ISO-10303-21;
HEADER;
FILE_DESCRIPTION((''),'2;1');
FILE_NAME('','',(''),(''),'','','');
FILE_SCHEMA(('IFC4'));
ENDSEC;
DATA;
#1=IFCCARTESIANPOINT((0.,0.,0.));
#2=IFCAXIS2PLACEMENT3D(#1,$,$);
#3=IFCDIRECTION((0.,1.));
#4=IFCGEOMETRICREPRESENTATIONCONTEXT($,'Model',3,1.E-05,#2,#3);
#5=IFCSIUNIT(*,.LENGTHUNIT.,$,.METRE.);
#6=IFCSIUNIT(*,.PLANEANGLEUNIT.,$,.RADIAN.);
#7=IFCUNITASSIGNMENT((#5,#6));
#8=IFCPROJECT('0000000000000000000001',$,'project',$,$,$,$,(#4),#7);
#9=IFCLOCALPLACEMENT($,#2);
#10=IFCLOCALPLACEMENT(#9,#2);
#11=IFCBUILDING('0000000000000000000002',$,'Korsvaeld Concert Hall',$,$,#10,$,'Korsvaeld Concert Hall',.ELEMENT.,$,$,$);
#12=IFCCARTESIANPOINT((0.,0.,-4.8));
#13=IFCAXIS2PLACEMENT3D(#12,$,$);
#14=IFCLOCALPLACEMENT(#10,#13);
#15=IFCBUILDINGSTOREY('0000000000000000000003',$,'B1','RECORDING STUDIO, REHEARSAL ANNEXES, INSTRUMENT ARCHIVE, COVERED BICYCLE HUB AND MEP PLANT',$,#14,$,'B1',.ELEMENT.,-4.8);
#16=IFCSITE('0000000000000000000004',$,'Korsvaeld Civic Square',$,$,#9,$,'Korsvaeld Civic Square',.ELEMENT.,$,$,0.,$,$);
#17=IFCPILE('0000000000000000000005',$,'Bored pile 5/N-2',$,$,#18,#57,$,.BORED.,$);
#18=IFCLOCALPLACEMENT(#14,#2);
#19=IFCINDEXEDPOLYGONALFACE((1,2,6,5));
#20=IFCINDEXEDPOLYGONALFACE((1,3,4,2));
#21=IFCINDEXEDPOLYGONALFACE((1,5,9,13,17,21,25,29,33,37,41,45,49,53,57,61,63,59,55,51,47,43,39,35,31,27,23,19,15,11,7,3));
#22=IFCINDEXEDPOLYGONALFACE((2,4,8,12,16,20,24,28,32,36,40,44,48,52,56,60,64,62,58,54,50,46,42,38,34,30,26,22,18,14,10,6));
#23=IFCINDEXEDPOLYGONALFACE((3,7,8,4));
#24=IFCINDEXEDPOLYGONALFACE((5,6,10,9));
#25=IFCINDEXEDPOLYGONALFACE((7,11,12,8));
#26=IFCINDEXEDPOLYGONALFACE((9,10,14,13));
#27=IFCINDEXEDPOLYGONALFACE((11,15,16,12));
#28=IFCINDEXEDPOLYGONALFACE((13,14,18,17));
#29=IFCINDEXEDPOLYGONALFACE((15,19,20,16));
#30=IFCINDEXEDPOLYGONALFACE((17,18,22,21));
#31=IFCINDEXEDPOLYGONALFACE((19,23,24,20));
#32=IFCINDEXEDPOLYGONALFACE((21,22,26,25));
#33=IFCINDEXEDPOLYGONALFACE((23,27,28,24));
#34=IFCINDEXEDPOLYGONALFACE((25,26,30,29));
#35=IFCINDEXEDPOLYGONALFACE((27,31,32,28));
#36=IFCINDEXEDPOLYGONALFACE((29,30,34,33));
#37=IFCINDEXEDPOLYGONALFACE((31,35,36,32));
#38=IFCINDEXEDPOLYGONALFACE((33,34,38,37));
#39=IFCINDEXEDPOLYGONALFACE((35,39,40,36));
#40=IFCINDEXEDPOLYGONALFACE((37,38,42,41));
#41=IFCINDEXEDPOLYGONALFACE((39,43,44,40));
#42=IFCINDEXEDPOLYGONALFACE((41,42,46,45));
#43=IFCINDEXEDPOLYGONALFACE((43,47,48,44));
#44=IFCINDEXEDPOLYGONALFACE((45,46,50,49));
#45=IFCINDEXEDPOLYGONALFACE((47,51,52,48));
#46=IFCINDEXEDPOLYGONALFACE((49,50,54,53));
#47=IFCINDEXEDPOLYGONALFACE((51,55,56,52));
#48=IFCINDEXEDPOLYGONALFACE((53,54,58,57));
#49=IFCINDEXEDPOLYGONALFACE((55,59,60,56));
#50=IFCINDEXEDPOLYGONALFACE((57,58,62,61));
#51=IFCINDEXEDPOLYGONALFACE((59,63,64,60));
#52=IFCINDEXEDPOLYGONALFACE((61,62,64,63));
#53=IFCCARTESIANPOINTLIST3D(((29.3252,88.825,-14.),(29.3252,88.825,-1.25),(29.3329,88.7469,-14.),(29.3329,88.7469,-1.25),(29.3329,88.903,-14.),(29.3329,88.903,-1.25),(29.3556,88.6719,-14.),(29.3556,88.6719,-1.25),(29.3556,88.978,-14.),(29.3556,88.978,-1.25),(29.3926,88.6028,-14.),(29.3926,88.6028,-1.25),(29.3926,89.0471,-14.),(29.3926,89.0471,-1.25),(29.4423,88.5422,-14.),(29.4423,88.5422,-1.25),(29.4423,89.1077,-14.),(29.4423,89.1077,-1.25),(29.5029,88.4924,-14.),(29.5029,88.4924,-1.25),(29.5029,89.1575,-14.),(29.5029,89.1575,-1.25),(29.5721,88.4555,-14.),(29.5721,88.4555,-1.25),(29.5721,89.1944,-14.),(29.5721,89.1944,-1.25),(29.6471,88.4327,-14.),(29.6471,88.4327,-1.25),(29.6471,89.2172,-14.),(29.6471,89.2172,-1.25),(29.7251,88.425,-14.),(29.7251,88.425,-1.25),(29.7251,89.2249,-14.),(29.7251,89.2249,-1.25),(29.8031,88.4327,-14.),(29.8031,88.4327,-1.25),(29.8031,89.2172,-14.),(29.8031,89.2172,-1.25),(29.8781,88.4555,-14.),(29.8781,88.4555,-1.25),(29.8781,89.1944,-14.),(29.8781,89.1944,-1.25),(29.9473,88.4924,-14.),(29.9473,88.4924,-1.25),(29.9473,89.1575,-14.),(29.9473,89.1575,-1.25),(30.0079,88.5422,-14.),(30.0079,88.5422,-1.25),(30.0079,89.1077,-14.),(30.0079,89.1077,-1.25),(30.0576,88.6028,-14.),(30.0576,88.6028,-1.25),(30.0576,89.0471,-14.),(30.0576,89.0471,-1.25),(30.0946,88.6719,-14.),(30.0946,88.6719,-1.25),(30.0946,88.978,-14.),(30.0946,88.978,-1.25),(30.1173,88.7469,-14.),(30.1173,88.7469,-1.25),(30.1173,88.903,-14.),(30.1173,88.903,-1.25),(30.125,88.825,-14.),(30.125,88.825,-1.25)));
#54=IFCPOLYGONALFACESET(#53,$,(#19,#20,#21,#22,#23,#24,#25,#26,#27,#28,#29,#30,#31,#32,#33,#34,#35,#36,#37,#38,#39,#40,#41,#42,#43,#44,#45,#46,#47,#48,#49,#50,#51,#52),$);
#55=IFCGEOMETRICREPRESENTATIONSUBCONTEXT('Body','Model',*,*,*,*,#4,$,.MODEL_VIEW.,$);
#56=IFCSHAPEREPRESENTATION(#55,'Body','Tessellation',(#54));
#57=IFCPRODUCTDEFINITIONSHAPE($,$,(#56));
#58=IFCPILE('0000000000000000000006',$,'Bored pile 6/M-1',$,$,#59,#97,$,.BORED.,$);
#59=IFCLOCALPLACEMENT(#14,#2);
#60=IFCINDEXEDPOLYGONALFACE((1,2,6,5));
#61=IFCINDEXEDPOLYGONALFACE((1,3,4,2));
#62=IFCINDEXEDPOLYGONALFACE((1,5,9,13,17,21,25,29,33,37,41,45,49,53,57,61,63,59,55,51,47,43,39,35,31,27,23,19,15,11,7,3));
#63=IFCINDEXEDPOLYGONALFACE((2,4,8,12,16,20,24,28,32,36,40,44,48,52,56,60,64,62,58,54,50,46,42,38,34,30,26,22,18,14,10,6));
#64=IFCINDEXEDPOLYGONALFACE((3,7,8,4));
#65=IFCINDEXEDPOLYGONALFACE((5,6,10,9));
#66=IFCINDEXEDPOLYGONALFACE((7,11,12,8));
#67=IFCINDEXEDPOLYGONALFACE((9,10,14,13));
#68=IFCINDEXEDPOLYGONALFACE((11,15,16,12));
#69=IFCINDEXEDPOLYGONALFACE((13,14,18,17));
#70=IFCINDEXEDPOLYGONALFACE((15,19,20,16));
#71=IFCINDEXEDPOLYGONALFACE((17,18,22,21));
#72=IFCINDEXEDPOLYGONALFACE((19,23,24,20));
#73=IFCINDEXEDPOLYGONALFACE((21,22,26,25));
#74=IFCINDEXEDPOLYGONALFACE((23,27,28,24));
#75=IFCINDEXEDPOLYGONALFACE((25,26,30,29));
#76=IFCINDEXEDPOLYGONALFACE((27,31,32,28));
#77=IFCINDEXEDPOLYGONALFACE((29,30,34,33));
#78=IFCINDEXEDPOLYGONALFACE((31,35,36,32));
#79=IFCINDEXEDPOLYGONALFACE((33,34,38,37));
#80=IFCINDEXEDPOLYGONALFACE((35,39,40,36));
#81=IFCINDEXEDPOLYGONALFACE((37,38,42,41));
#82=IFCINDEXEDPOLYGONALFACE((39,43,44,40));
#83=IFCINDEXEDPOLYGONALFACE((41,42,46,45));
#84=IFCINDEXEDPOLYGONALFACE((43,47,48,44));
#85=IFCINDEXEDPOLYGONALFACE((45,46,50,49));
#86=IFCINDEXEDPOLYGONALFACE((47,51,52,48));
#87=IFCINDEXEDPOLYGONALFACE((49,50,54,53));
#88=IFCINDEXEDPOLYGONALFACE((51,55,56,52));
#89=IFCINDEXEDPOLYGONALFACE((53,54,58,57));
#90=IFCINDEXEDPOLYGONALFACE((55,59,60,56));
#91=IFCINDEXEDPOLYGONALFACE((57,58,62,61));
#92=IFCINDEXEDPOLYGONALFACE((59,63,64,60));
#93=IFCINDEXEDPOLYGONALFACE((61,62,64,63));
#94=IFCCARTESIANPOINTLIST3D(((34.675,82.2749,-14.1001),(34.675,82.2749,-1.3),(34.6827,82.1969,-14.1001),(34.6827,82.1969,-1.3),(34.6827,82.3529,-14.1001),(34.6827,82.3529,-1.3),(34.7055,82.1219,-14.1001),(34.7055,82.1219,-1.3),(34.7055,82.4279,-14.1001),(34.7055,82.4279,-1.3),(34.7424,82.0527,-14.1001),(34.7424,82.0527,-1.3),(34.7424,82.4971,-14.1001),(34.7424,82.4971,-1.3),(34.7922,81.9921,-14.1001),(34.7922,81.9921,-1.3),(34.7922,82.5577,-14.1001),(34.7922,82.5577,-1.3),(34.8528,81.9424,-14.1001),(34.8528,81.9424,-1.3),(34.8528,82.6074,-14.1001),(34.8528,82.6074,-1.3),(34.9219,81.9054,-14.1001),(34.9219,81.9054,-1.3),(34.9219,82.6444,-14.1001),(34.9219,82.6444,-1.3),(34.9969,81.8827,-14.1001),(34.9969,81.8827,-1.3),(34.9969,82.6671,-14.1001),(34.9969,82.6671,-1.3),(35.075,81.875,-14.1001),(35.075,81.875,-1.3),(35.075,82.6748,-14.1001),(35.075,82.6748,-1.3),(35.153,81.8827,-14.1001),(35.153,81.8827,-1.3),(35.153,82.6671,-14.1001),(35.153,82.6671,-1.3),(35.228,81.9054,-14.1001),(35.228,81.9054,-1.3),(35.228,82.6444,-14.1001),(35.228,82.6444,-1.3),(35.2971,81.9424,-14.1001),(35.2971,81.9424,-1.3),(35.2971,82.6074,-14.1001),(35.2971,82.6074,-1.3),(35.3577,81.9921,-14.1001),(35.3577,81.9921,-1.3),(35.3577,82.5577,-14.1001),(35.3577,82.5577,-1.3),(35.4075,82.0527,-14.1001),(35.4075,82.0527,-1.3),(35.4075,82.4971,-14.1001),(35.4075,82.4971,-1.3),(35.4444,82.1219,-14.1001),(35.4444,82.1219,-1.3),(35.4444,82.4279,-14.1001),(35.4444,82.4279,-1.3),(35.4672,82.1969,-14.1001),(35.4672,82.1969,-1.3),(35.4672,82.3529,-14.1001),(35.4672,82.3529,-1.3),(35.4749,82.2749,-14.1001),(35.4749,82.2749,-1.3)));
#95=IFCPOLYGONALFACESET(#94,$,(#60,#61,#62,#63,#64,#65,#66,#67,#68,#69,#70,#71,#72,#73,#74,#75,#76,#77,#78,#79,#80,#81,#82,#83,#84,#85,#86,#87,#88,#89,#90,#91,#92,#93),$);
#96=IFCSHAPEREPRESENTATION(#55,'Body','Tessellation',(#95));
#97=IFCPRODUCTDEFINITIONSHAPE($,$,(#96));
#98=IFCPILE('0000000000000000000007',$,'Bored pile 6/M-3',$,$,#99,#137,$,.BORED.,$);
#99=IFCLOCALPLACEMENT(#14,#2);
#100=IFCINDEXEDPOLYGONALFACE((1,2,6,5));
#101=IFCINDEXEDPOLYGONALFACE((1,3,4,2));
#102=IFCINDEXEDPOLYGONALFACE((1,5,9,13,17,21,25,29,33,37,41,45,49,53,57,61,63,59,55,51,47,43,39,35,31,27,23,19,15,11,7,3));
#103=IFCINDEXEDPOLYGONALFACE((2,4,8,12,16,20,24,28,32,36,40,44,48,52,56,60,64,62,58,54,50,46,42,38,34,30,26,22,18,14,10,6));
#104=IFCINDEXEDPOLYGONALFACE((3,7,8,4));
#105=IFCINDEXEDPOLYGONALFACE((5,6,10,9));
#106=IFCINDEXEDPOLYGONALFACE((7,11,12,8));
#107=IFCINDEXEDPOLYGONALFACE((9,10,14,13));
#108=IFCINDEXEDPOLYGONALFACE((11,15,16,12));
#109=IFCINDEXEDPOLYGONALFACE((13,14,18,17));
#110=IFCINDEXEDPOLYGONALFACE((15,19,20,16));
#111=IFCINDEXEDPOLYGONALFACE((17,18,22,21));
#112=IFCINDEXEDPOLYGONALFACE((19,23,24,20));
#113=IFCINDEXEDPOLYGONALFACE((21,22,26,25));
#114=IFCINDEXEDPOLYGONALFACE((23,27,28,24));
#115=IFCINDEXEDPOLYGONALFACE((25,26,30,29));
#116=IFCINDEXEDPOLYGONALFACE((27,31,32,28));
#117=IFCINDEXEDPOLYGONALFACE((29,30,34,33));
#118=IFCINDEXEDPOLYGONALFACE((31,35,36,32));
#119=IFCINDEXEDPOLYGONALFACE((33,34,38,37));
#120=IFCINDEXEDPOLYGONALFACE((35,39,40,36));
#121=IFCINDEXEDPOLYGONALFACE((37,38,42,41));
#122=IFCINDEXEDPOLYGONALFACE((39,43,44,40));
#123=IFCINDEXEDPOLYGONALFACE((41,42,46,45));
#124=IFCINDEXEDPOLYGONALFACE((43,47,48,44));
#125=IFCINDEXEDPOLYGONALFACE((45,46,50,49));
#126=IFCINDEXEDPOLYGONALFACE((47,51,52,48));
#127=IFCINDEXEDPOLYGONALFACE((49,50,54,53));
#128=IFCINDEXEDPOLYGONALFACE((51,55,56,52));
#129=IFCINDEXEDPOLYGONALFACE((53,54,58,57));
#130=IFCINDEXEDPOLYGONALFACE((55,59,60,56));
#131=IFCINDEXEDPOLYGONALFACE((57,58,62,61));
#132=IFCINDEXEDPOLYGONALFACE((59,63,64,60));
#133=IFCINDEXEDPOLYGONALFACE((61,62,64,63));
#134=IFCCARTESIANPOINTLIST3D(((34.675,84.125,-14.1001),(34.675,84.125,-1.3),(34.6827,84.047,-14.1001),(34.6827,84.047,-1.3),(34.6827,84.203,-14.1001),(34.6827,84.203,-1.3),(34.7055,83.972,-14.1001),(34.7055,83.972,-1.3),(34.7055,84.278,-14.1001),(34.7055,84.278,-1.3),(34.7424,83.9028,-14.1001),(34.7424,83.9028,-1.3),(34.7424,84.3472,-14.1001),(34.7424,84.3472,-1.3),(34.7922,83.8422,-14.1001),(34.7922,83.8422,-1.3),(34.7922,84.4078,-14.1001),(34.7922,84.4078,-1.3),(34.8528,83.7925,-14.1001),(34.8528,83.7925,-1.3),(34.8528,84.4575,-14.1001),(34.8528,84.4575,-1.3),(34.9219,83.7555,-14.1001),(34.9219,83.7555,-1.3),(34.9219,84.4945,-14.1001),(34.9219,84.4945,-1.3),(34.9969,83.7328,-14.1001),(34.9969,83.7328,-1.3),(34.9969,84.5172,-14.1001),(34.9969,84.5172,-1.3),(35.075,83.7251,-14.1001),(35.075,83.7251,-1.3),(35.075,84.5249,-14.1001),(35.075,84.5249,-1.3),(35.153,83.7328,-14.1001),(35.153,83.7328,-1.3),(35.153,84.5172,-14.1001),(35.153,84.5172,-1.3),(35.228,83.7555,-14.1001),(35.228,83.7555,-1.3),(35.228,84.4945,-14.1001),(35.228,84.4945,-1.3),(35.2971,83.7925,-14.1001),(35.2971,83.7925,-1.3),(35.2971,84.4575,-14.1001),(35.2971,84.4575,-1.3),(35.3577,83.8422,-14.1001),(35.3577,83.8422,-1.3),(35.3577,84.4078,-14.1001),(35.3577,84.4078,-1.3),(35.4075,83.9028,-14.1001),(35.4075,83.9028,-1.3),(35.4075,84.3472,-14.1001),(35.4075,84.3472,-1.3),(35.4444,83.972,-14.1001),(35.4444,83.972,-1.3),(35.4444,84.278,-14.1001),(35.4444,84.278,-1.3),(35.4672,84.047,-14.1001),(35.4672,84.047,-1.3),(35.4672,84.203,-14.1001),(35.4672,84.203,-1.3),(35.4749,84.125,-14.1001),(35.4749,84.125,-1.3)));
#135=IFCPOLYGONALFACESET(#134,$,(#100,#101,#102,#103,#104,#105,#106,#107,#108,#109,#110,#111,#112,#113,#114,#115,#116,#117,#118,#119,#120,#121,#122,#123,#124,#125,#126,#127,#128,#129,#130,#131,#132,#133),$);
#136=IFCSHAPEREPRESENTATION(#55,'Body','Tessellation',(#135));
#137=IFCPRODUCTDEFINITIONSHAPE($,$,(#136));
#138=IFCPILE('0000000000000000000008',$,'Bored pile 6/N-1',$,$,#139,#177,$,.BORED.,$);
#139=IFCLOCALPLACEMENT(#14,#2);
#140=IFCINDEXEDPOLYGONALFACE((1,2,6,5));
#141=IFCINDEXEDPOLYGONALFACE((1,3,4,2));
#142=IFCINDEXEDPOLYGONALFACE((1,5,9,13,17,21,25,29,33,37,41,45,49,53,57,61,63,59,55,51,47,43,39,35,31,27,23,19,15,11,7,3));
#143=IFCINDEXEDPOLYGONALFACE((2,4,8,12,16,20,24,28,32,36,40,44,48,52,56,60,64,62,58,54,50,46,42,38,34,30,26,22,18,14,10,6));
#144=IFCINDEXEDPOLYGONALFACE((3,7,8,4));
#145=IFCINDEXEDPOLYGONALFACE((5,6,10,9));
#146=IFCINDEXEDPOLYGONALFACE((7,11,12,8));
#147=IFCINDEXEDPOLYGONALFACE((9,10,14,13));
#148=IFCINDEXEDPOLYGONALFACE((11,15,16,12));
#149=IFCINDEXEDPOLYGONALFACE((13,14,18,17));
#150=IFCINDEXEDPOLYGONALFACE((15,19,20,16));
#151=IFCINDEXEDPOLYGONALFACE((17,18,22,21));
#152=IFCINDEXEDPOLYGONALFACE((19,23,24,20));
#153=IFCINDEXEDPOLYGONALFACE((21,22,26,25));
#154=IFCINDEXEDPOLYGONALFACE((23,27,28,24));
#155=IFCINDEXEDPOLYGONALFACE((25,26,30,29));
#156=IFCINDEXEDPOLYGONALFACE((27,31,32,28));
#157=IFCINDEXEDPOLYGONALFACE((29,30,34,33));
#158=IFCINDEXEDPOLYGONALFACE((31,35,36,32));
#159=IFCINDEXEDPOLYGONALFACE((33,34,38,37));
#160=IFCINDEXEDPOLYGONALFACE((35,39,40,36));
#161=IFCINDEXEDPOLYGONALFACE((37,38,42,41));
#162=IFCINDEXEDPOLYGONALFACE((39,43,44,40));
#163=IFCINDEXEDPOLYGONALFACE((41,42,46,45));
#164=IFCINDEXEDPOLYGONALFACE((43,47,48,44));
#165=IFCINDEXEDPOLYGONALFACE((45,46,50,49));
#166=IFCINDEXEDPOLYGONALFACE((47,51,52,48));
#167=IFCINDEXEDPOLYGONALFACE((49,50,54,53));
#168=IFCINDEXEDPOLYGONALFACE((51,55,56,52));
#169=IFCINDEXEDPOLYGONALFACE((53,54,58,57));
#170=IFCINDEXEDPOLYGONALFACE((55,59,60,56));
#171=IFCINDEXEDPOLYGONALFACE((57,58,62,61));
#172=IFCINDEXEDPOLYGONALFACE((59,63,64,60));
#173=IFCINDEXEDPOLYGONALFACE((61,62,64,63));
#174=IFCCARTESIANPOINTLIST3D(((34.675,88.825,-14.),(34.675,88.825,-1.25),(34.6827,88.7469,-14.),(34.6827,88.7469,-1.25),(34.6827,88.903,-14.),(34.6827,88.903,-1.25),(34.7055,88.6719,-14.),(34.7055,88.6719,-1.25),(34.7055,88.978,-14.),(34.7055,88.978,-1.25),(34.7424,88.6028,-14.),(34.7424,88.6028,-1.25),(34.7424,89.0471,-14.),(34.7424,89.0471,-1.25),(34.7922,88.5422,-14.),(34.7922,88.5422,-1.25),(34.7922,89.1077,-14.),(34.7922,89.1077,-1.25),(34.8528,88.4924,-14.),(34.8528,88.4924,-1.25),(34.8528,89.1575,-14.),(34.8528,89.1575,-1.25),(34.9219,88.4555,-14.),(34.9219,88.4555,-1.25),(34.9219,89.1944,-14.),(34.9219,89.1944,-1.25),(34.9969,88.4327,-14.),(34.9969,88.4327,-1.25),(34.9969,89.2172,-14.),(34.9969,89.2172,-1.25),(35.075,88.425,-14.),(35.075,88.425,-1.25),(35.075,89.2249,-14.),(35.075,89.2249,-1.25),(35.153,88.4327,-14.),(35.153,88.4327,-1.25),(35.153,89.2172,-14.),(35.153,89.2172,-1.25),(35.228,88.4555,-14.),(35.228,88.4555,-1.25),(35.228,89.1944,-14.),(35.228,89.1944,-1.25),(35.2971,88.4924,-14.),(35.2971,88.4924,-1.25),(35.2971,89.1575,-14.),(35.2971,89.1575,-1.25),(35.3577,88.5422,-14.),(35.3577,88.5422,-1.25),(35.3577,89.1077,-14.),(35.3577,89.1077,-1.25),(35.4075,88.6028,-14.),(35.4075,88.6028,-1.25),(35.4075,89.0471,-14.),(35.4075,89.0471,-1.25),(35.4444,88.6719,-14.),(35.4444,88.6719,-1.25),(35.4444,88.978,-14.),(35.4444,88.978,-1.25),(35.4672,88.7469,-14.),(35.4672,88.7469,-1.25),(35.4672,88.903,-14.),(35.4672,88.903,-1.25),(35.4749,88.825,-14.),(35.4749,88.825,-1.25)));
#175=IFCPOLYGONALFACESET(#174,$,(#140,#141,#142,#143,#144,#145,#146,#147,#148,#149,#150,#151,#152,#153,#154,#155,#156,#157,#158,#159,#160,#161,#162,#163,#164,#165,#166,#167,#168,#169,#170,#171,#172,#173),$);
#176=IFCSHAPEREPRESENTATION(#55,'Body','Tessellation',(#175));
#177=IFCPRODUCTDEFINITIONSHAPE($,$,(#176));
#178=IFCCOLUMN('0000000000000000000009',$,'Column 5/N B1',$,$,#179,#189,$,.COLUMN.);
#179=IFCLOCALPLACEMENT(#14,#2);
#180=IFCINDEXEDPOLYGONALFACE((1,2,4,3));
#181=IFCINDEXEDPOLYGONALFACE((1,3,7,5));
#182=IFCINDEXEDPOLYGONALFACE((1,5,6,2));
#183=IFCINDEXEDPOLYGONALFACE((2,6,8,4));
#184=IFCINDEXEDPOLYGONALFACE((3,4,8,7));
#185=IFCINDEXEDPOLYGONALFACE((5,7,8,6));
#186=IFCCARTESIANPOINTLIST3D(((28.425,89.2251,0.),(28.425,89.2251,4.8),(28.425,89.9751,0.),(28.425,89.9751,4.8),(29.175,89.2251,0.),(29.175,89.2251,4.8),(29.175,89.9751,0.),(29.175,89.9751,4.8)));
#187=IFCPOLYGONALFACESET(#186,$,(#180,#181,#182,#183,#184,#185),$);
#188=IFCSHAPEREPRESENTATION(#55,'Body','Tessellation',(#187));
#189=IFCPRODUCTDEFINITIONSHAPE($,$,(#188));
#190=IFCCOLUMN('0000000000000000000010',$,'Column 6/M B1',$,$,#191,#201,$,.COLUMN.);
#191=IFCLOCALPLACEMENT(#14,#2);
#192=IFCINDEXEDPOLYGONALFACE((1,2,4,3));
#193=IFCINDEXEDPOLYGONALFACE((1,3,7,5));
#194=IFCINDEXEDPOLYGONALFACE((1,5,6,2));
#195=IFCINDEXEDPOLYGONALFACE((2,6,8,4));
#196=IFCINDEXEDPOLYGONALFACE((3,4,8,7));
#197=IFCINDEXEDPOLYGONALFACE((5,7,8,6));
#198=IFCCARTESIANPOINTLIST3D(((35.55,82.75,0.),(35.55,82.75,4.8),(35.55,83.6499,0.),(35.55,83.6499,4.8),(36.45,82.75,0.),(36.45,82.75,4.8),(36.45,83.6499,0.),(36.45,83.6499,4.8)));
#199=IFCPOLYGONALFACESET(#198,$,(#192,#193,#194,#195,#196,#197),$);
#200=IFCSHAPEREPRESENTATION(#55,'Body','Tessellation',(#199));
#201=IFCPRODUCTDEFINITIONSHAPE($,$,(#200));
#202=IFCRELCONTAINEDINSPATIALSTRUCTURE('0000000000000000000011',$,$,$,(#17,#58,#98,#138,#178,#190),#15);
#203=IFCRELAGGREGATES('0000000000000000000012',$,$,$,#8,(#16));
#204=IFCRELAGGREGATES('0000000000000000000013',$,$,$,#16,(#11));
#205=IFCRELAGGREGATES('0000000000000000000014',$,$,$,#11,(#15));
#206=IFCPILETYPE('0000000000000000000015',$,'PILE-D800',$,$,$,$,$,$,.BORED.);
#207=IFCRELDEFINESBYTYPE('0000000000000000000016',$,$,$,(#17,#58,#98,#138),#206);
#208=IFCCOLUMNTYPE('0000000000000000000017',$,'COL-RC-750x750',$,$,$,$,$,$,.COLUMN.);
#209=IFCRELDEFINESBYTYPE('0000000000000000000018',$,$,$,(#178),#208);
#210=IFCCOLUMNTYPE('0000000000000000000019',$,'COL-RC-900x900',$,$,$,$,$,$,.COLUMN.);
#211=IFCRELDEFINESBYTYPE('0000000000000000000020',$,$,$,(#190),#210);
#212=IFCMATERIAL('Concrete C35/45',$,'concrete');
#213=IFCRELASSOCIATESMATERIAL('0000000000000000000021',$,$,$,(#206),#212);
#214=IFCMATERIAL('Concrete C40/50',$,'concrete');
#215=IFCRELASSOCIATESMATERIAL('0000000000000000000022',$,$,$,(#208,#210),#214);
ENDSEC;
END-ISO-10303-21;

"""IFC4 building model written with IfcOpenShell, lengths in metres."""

from ifc_helpers import new_model, si_unit, direction, frame, origin, origin_2d, place, context, subcontext, project, spatial, rectangle, circle, extrude, material, material_profile, profile_set, type_object, element, save


model = new_model("IFC4")

# Units and contexts
model_context = context("Model", 3, precision=1e-05, world=origin(), true_north=direction((0.0, 1.0)))
body_context = subcontext(model_context, "Body", "Model", "MODEL_VIEW")
ifc_project = project(units=[si_unit("LENGTHUNIT", "METRE"), si_unit("PLANEANGLEUNIT", "RADIAN")], contexts=[model_context])

# Site, building, storey
site_placement = place(None, origin())
site = spatial("IfcSite", under=ifc_project, at=site_placement, Name="Korsvaeld Civic Square", LongName="Korsvaeld Civic Square", CompositionType="ELEMENT", RefElevation=0.0)
building_placement = place(site_placement, origin())
building = spatial("IfcBuilding", under=site, at=building_placement, Name="Korsvaeld Concert Hall", LongName="Korsvaeld Concert Hall", CompositionType="ELEMENT")
storey_placement = place(building_placement, frame((0.0, 0.0, -4.8)))
storey = spatial("IfcBuildingStorey", under=building, at=storey_placement, Name="B1", Description="RECORDING STUDIO, REHEARSAL ANNEXES, INSTRUMENT ARCHIVE, COVERED BICYCLE HUB AND MEP PLANT", LongName="B1", CompositionType="ELEMENT", Elevation=-4.8)

# Shared definitions
ifc_material_1 = material(Name="Concrete C35/45", Category="concrete")

# Piles
ifc_material_profile_1 = material_profile(ifc_material_1, circle(Radius=0.3999, at=origin_2d()), Name="BORED PILE D800")
ifc_profile_set_1 = profile_set([ifc_material_profile_1], Name="Concrete C35/45")
pile_type = type_object("IfcPileType", Name="PILE-D800", PredefinedType="BORED", material=ifc_profile_set_1)
pile_1_placement = place(storey_placement, frame((29.7251, 88.825, -1.25), z_axis=(0.0, 0.0, -1.0), x_axis=(1.0, 0.0, 0.0)))
element("IfcPile", 1, at=pile_1_placement, inside=storey, type_object=pile_type, Name="Bored pile 5/N-2", PredefinedType="BORED", context=body_context, shape_type="SweptSolid", body=[
    extrude(circle(Radius=0.3999, at=origin_2d()), origin(), (0.0, 0.0, 1.0), 12.75),
])
for number, where, z_axis, x_axis, name in (
    (2, (35.075, 82.2749, -1.3), (0.0, 0.0, -1.0), (1.0, 0.0, 0.0), "Bored pile 6/M-1"),
    (3, (35.075, 84.125, -1.3), (0.0, 0.0, -1.0), (1.0, 0.0, 0.0), "Bored pile 6/M-3"),
):
    element("IfcPile", number, at=place(storey_placement, frame(where, z_axis=z_axis, x_axis=x_axis)), inside=storey, type_object=pile_type, Name=name, PredefinedType="BORED", context=body_context, shape_type="SweptSolid", body=[
        extrude(circle(Radius=0.3999, at=origin_2d()), origin(), (0.0, 0.0, 1.0), 12.8),
    ])
pile_2_placement = place(storey_placement, frame((35.075, 88.825, -1.25), z_axis=(0.0, 0.0, -1.0), x_axis=(1.0, 0.0, 0.0)))
element("IfcPile", 4, at=pile_2_placement, inside=storey, type_object=pile_type, Name="Bored pile 6/N-1", PredefinedType="BORED", context=body_context, shape_type="SweptSolid", body=[
    extrude(circle(Radius=0.3999, at=origin_2d()), origin(), (0.0, 0.0, 1.0), 12.75),
])

# Columns
ifc_material_2 = material(Name="Concrete C40/50", Category="concrete")
ifc_material_profile_2 = material_profile(ifc_material_2, rectangle(XDim=0.75, YDim=0.75, at=origin_2d()), Name="RC 750x750")
ifc_profile_set_2 = profile_set([ifc_material_profile_2], Name="Concrete C40/50")
column_type_1 = type_object("IfcColumnType", Name="COL-RC-750x750", PredefinedType="COLUMN", material=ifc_profile_set_2)
column_1_placement = place(storey_placement, frame((28.8, 89.6001, 0.0), z_axis=(0.0, 0.0, 1.0), x_axis=(1.0, 0.0, 0.0)))
element("IfcColumn", 5, at=column_1_placement, inside=storey, type_object=column_type_1, Name="Column 5/N B1", PredefinedType="COLUMN", context=body_context, shape_type="SweptSolid", body=[
    extrude(rectangle(XDim=0.75, YDim=0.75, at=origin_2d()), origin(), (0.0, 0.0, 1.0), 4.8),
])
ifc_material_profile_3 = material_profile(ifc_material_2, rectangle(XDim=0.8999, YDim=0.8999, at=origin_2d()), Name="RC 900x900")
ifc_profile_set_3 = profile_set([ifc_material_profile_3], Name="Concrete C40/50")
column_type_2 = type_object("IfcColumnType", Name="COL-RC-900x900", PredefinedType="COLUMN", material=ifc_profile_set_3)
column_2_placement = place(storey_placement, frame((36.0, 83.2, 0.0), z_axis=(0.0, 0.0, 1.0), x_axis=(1.0, 0.0, 0.0)))
element("IfcColumn", 6, at=column_2_placement, inside=storey, type_object=column_type_2, Name="Column 6/M B1", PredefinedType="COLUMN", context=body_context, shape_type="SweptSolid", body=[
    extrude(rectangle(XDim=0.8999, YDim=0.8999, at=origin_2d()), origin(), (0.0, 0.0, 1.0), 4.8),
])

save(model, "model.ifc")
